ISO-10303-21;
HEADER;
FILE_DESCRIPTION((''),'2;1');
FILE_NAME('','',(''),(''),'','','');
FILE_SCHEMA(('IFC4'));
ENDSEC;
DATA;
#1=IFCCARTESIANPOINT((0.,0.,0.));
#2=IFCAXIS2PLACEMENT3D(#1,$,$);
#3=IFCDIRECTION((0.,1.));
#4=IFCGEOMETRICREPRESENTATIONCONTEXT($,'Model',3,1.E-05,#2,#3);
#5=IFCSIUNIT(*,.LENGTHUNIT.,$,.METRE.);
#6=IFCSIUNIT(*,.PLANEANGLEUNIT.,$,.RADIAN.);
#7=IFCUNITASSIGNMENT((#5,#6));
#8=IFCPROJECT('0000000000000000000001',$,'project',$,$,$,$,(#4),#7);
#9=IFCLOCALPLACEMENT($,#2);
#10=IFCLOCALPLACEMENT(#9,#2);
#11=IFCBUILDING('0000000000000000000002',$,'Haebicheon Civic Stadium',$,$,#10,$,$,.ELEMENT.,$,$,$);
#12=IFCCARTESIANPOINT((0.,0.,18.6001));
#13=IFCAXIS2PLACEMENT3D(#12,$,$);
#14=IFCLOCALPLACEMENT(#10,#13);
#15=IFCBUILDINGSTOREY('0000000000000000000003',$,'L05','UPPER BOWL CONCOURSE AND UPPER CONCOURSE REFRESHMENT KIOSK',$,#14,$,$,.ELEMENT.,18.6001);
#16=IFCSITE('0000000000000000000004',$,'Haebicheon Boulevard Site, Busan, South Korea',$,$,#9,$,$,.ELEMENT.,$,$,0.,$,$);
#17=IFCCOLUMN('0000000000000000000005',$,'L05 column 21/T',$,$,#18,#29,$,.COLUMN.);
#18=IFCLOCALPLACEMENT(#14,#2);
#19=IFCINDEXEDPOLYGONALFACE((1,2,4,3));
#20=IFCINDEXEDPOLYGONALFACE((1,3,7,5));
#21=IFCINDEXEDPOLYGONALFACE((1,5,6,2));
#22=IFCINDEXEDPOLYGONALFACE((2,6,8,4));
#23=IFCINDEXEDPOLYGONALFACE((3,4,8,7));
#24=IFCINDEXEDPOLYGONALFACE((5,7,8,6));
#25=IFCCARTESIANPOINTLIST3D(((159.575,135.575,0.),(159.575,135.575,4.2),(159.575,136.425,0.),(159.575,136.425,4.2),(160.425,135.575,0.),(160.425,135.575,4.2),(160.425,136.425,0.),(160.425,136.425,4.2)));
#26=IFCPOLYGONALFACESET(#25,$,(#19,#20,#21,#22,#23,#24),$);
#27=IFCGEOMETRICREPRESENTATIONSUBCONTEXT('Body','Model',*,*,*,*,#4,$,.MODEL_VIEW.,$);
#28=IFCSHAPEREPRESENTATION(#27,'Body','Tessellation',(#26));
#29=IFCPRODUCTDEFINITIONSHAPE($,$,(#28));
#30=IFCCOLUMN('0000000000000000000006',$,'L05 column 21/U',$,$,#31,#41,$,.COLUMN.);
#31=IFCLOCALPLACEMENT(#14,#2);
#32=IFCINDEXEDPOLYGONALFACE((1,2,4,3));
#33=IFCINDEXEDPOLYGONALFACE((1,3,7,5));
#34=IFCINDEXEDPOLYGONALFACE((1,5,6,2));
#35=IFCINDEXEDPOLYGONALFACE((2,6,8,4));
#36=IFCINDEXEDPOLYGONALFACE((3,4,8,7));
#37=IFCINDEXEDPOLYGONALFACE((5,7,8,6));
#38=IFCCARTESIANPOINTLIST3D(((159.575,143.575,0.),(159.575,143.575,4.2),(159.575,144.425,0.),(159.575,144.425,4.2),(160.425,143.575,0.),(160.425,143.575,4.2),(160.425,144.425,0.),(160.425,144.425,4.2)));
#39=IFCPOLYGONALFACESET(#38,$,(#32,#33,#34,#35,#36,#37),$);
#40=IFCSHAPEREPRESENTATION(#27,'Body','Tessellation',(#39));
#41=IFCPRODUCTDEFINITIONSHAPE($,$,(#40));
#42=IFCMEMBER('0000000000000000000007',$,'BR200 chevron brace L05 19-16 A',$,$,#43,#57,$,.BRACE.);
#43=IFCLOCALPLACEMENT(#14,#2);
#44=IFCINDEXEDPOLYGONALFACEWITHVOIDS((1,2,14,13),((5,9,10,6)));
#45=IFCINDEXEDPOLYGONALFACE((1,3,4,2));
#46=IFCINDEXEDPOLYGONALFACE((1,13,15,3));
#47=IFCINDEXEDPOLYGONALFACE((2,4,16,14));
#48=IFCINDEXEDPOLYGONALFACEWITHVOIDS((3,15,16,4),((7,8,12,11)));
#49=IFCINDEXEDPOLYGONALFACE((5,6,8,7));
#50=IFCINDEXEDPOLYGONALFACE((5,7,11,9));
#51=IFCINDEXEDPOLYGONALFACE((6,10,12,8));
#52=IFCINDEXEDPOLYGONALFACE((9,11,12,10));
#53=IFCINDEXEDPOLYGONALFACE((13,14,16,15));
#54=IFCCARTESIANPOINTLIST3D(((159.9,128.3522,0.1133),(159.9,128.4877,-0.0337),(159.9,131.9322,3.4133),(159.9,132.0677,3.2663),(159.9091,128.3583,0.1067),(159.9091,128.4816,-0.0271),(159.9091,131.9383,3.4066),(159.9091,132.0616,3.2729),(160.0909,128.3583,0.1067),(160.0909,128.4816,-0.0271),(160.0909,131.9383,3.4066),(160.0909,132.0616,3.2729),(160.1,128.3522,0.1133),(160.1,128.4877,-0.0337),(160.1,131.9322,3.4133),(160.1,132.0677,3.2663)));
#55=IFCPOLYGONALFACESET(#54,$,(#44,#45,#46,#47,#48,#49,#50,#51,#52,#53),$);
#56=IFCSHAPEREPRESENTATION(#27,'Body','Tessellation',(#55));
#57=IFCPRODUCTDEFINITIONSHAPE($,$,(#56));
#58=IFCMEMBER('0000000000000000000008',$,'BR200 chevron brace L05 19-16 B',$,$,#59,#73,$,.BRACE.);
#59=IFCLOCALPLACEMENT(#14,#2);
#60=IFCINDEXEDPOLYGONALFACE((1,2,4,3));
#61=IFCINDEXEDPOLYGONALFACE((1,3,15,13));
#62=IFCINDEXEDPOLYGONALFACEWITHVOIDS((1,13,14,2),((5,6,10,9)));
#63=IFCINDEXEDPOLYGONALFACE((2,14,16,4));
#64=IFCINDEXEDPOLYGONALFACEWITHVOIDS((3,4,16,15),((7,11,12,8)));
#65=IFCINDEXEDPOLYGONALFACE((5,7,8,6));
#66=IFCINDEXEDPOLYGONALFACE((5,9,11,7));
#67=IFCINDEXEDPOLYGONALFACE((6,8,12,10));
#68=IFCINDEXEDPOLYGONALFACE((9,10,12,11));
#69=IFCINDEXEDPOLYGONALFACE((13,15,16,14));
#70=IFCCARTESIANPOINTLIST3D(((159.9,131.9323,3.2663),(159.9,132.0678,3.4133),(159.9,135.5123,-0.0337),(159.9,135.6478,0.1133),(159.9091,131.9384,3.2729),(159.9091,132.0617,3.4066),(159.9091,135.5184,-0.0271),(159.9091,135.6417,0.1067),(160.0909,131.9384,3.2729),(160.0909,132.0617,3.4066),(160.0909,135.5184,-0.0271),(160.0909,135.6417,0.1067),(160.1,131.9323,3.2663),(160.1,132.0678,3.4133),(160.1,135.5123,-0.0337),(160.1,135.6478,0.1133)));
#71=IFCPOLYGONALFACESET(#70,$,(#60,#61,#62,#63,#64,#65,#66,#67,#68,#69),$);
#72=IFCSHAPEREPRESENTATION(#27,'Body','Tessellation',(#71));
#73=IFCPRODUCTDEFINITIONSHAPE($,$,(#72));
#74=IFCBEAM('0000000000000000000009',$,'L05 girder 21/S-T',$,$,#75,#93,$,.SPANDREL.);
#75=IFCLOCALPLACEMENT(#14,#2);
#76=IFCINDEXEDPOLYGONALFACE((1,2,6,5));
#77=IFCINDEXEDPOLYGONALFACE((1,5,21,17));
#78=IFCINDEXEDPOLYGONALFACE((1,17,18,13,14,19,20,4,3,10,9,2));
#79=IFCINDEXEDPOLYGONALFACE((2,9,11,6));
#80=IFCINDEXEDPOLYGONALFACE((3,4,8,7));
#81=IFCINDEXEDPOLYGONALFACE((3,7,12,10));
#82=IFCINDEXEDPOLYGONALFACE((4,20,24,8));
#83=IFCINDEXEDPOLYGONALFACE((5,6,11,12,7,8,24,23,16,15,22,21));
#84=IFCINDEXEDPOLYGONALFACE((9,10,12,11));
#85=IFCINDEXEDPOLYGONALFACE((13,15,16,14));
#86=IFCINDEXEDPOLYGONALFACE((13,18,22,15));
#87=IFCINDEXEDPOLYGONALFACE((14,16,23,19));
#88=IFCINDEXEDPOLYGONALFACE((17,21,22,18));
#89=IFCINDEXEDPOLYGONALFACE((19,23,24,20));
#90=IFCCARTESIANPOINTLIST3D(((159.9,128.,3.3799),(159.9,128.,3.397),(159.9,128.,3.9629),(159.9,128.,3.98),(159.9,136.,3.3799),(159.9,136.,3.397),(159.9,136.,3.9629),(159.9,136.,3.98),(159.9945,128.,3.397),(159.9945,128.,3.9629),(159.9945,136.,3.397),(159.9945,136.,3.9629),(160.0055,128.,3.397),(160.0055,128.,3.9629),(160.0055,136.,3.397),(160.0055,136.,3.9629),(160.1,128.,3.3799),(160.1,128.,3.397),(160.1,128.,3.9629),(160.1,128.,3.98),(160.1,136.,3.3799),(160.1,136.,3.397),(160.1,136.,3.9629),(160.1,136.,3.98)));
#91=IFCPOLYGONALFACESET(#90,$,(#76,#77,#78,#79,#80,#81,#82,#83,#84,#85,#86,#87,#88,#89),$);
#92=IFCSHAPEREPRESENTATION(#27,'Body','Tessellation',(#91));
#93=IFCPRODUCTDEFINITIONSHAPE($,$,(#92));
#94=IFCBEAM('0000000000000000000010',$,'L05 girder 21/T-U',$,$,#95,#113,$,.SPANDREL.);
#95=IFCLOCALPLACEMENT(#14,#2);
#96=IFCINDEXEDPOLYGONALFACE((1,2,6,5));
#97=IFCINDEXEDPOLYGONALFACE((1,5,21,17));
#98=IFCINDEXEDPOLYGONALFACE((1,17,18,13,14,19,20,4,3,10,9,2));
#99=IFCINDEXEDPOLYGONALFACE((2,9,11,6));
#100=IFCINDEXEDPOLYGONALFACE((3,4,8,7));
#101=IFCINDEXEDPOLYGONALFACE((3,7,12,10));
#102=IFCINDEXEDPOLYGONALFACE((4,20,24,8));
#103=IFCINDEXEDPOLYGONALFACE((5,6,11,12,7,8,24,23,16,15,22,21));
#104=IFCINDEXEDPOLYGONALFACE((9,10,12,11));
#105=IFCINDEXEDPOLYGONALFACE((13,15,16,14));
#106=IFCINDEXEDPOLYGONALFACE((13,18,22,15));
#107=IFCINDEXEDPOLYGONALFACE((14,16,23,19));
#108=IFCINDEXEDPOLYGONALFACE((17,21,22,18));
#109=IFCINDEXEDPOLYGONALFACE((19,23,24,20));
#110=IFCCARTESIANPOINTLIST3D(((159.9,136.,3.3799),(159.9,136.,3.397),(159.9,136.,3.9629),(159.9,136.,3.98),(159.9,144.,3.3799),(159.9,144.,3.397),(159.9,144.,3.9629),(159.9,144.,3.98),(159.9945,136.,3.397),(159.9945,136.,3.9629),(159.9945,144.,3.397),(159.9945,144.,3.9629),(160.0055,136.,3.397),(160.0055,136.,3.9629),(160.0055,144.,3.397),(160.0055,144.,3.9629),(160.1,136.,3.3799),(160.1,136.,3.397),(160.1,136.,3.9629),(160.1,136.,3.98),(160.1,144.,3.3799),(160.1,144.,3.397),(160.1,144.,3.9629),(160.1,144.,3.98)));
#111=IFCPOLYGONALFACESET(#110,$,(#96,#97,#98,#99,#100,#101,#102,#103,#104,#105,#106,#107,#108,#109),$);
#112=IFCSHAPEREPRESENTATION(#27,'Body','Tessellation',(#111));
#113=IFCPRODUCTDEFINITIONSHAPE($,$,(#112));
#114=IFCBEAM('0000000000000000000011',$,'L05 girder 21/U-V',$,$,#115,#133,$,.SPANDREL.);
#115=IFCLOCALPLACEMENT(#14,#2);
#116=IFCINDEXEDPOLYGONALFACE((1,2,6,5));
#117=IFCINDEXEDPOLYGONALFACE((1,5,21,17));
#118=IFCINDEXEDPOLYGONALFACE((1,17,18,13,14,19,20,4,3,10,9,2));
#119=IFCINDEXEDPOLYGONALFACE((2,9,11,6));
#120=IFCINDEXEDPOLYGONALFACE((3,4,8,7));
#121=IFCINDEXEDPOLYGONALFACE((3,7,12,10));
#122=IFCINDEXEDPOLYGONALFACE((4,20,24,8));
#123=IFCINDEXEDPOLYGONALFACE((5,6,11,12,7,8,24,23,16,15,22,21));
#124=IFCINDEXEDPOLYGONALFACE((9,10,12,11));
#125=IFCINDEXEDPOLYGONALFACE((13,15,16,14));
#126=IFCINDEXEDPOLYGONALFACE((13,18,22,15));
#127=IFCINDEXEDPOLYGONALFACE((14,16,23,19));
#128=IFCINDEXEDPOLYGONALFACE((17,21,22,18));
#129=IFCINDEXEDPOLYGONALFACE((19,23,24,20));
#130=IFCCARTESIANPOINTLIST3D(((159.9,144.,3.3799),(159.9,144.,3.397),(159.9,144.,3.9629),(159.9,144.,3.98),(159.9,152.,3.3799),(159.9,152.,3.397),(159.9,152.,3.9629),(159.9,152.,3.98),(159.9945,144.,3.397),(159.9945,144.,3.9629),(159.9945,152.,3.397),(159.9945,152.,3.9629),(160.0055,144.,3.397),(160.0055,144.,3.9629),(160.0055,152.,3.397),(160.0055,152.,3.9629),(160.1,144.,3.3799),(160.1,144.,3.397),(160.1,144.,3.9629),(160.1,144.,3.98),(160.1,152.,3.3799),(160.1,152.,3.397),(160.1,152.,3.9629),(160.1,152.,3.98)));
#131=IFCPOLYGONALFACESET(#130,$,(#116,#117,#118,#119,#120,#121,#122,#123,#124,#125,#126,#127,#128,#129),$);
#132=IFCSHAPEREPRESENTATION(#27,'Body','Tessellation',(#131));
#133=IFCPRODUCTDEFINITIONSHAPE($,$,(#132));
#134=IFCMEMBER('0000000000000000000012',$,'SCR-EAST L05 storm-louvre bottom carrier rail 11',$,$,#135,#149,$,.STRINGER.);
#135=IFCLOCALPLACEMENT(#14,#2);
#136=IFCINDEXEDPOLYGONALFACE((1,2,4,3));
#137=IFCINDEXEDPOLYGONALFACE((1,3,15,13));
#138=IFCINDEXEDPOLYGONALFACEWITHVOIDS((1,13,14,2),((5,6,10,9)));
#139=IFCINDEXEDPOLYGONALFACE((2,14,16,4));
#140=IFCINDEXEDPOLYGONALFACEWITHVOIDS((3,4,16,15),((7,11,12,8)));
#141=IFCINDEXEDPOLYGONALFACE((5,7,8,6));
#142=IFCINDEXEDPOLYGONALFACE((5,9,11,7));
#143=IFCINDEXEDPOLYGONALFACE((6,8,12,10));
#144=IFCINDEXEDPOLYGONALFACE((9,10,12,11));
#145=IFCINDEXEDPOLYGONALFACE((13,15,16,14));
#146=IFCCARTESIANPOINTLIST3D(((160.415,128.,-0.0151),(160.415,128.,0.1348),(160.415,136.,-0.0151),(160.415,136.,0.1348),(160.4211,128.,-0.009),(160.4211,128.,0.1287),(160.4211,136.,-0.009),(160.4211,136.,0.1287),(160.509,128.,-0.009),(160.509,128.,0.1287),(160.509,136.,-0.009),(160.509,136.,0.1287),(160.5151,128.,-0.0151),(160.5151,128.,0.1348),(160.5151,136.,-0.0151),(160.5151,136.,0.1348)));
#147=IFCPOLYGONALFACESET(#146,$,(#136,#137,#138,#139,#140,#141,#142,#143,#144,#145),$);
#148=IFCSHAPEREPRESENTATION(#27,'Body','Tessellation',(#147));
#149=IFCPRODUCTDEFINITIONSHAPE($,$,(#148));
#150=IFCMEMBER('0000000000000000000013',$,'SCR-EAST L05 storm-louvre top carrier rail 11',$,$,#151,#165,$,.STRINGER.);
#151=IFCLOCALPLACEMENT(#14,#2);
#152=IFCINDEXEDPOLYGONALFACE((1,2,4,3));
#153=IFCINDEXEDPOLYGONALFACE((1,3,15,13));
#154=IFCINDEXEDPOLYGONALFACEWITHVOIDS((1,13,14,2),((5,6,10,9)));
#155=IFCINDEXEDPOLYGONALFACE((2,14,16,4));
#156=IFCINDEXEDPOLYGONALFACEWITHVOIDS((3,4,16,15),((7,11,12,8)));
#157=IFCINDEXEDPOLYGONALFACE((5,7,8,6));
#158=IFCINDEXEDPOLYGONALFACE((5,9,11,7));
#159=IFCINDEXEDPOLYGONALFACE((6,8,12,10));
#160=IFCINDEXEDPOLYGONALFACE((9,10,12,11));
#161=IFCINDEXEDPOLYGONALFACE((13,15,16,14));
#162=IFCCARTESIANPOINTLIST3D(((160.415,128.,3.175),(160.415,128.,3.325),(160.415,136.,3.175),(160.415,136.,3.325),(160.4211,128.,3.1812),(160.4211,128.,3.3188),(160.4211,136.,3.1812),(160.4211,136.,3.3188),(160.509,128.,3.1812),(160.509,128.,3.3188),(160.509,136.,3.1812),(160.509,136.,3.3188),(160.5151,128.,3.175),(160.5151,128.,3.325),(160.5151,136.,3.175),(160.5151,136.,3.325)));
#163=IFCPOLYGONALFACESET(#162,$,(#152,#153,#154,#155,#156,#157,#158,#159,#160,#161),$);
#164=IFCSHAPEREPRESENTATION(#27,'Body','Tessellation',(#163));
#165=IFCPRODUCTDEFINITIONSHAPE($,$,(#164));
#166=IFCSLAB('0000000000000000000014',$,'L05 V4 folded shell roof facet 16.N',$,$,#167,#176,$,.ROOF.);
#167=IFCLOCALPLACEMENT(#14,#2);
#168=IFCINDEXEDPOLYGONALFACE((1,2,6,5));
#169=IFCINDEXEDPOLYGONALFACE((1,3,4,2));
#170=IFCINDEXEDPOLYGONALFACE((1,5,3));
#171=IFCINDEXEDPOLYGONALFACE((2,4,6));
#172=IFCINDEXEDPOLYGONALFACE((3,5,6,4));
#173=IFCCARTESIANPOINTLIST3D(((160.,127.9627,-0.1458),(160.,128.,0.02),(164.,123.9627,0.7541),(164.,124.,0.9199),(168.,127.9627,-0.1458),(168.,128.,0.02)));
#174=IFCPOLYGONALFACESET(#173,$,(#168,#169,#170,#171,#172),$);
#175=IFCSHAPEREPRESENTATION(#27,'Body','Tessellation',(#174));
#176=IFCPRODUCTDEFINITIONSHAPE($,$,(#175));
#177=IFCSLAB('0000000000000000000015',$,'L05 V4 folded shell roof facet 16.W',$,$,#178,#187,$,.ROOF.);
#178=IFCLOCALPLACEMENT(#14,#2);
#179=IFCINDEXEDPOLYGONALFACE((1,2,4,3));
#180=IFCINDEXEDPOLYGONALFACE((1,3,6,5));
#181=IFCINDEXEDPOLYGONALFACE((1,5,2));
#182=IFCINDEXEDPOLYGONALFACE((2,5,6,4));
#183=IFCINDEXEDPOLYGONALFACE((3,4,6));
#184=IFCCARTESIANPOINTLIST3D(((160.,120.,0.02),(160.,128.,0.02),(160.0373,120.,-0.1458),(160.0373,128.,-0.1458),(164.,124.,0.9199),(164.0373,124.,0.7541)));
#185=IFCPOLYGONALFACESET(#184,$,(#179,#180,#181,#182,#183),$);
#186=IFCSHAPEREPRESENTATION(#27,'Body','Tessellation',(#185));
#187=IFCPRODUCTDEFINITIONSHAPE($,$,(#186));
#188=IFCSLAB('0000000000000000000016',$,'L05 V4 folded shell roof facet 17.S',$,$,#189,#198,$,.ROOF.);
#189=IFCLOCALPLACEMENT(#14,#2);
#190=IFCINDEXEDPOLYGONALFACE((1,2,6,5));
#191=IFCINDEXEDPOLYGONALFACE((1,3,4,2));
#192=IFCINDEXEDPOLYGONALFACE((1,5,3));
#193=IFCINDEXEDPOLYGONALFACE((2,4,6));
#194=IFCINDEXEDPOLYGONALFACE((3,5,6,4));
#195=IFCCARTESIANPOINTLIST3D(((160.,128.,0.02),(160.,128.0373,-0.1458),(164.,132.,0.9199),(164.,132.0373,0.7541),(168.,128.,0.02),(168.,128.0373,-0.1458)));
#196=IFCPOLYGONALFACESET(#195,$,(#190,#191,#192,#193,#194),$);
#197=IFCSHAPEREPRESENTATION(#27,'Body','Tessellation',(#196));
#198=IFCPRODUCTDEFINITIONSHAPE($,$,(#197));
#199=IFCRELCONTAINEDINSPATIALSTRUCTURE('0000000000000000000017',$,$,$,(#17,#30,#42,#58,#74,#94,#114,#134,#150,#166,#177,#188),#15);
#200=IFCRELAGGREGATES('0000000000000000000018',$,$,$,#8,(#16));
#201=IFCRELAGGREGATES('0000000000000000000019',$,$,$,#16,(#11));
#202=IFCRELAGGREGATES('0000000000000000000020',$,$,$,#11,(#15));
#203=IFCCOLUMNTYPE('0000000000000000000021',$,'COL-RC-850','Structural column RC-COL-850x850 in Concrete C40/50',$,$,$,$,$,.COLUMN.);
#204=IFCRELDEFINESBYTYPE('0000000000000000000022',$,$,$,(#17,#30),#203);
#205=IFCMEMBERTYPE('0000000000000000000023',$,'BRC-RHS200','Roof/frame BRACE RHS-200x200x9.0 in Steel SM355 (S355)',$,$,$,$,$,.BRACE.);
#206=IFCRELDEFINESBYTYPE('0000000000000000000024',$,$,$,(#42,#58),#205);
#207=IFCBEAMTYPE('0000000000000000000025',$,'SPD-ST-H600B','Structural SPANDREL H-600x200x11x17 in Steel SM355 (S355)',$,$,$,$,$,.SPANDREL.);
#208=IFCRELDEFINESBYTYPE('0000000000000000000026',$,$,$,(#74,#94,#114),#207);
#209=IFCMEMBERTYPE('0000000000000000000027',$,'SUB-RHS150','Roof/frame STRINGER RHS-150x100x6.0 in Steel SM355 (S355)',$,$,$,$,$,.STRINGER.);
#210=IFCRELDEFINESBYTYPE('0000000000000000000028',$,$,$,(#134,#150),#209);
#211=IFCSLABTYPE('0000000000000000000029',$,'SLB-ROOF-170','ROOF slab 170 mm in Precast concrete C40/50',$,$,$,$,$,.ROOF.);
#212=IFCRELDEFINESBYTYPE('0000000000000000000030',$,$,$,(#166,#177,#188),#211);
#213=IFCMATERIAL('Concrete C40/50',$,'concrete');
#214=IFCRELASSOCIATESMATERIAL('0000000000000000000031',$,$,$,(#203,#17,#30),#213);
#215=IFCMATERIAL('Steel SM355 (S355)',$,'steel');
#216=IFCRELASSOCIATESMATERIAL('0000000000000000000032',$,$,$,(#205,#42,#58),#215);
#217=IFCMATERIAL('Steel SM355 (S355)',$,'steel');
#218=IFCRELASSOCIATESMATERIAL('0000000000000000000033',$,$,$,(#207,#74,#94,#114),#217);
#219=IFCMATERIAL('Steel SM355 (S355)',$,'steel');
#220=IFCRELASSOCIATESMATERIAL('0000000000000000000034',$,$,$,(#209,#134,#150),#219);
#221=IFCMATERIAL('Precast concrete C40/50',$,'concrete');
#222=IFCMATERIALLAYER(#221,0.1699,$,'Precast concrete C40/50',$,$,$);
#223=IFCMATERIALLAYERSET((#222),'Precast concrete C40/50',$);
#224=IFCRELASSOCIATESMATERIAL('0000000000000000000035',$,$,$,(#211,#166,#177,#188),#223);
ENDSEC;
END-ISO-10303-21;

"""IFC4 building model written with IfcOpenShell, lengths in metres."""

from ifc_helpers import new_model, si_unit, direction, frame, origin, origin_2d, place, context, subcontext, project, spatial, polyline, rectangle, hollow_rectangle, i_section, outline, extrude, material, layer, layer_set, material_profile, profile_set, type_object, element, save


model = new_model("IFC4")

# Units and contexts
model_context = context("Model", 3, precision=1e-05, world=origin(), true_north=direction((0.0, 1.0)))
body_context = subcontext(model_context, "Body", "Model", "MODEL_VIEW")
ifc_project = project(units=[si_unit("LENGTHUNIT", "METRE"), si_unit("PLANEANGLEUNIT", "RADIAN")], contexts=[model_context])

# Site, building, storey
site_placement = place(None, origin())
site = spatial("IfcSite", under=ifc_project, at=site_placement, Name="Haebicheon Boulevard Site, Busan, South Korea", CompositionType="ELEMENT", RefElevation=0.0)
building_placement = place(site_placement, origin())
building = spatial("IfcBuilding", under=site, at=building_placement, Name="Haebicheon Civic Stadium", CompositionType="ELEMENT")
storey_placement = place(building_placement, frame((0.0, 0.0, 18.6001)))
storey = spatial("IfcBuildingStorey", under=building, at=storey_placement, Name="L05", Description="UPPER BOWL CONCOURSE AND UPPER CONCOURSE REFRESHMENT KIOSK", CompositionType="ELEMENT", Elevation=18.6001)

# Columns
ifc_material_1 = material(Name="Concrete C40/50", Category="concrete")
ifc_material_profile_1 = material_profile(ifc_material_1, rectangle(XDim=0.8501, YDim=0.8501, at=origin_2d()), Name="RC-COL-850x850")
ifc_profile_set_1 = profile_set([ifc_material_profile_1], Name="Concrete C40/50")
column_type = type_object("IfcColumnType", Name="COL-RC-850", Description="Structural column RC-COL-850x850 in Concrete C40/50", PredefinedType="COLUMN", material=ifc_profile_set_1)
for number, where, z_axis, x_axis, name in (
    (1, (160.0, 136.0, 0.0), (0.0, 0.0, 1.0), (1.0, 0.0, 0.0), "L05 column 21/T"),
    (2, (160.0, 144.0, 0.0), (0.0, 0.0, 1.0), (1.0, 0.0, 0.0), "L05 column 21/U"),
):
    element("IfcColumn", number, at=place(storey_placement, frame(where, z_axis=z_axis, x_axis=x_axis)), inside=storey, type_object=column_type, material=ifc_profile_set_1, Name=name, PredefinedType="COLUMN", context=body_context, shape_type="SweptSolid", body=[
        extrude(rectangle(XDim=0.8501, YDim=0.8501, at=origin_2d()), origin(), (0.0, 0.0, 1.0), 4.2),
    ])

# Members
ifc_material_2 = material(Name="Steel SM355 (S355)", Category="steel")
ifc_material_profile_2 = material_profile(ifc_material_2, hollow_rectangle(XDim=0.2, YDim=0.2, WallThickness=0.009, at=origin_2d()), Name="RHS-200x200x9.0")
ifc_profile_set_2 = profile_set([ifc_material_profile_2], Name="Steel SM355 (S355)")
member_type_1 = type_object("IfcMemberType", Name="BRC-RHS200", Description="Roof/frame BRACE RHS-200x200x9.0 in Steel SM355 (S355)", PredefinedType="BRACE", material=ifc_profile_set_2)
for number, where, z_axis, x_axis, name in (
    (3, (160.0, 128.4199, 0.0398), (0.0, 0.735278, 0.677766), (-1.0, 0.0, 0.0), "BR200 chevron brace L05 19-16 A"),
    (4, (160.0, 135.5801, 0.0398), (0.0, -0.735278, 0.677766), (1.0, 0.0, 0.0), "BR200 chevron brace L05 19-16 B"),
):
    element("IfcMember", number, at=place(storey_placement, frame(where, z_axis=z_axis, x_axis=x_axis)), inside=storey, type_object=member_type_1, material=ifc_profile_set_2, Name=name, PredefinedType="BRACE", context=body_context, shape_type="SweptSolid", body=[
        extrude(hollow_rectangle(XDim=0.2, YDim=0.2, WallThickness=0.009, at=origin_2d()), origin(), (0.0, 0.0, 1.0), 4.8689),
    ])

# Beams
ifc_material_3 = material(Name="Steel SM355 (S355)", Category="steel")
ifc_material_profile_3 = material_profile(ifc_material_3, i_section(OverallWidth=0.2, OverallDepth=0.6001, WebThickness=0.011, FlangeThickness=0.0171, at=origin_2d()), Name="H-600x200x11x17")
ifc_profile_set_3 = profile_set([ifc_material_profile_3], Name="Steel SM355 (S355)")
beam_type = type_object("IfcBeamType", Name="SPD-ST-H600B", Description="Structural SPANDREL H-600x200x11x17 in Steel SM355 (S355)", PredefinedType="SPANDREL", material=ifc_profile_set_3)
for number, where, z_axis, x_axis, name in (
    (5, (160.0, 128.0, 3.6799), (0.0, 1.0, 0.0), (-1.0, 0.0, 0.0), "L05 girder 21/S-T"),
    (6, (160.0, 136.0, 3.6799), (0.0, 1.0, 0.0), (-1.0, 0.0, 0.0), "L05 girder 21/T-U"),
    (7, (160.0, 144.0, 3.6799), (0.0, 1.0, 0.0), (-1.0, 0.0, 0.0), "L05 girder 21/U-V"),
):
    element("IfcBeam", number, at=place(storey_placement, frame(where, z_axis=z_axis, x_axis=x_axis)), inside=storey, type_object=beam_type, material=ifc_profile_set_3, Name=name, PredefinedType="SPANDREL", context=body_context, shape_type="SweptSolid", body=[
        extrude(i_section(OverallWidth=0.2, OverallDepth=0.6001, WebThickness=0.011, FlangeThickness=0.0171, at=origin_2d()), origin(), (0.0, 0.0, 1.0), 8.0),
    ])

# Members
ifc_material_4 = material(Name="Steel SM355 (S355)", Category="steel")
ifc_material_profile_4 = material_profile(ifc_material_4, hollow_rectangle(XDim=0.1001, YDim=0.1499, WallThickness=0.0061, at=origin_2d()), Name="RHS-150x100x6.0")
ifc_profile_set_4 = profile_set([ifc_material_profile_4], Name="Steel SM355 (S355)")
member_type_2 = type_object("IfcMemberType", Name="SUB-RHS150", Description="Roof/frame STRINGER RHS-150x100x6.0 in Steel SM355 (S355)", PredefinedType="STRINGER", material=ifc_profile_set_4)
for number, where, z_axis, x_axis, name in (
    (8, (160.4651, 128.0, 0.0598), (0.0, 1.0, 0.0), (-1.0, 0.0, 0.0), "SCR-EAST L05 storm-louvre bottom carrier rail 11"),
    (9, (160.4651, 128.0, 3.25), (0.0, 1.0, 0.0), (-1.0, 0.0, 0.0), "SCR-EAST L05 storm-louvre top carrier rail 11"),
):
    element("IfcMember", number, at=place(storey_placement, frame(where, z_axis=z_axis, x_axis=x_axis)), inside=storey, type_object=member_type_2, material=ifc_profile_set_4, Name=name, PredefinedType="STRINGER", context=body_context, shape_type="SweptSolid", body=[
        extrude(hollow_rectangle(XDim=0.1001, YDim=0.1499, WallThickness=0.0061, at=origin_2d()), origin(), (0.0, 0.0, 1.0), 8.0),
    ])

# Slabs
ifc_material_5 = material(Name="Precast concrete C40/50", Category="concrete")
ifc_layer_1 = layer(ifc_material_5, 0.1699, Name="Precast concrete C40/50")
ifc_layer_set_1 = layer_set([ifc_layer_1], Name="Precast concrete C40/50")
slab_type = type_object("IfcSlabType", Name="SLB-ROOF-170", Description="ROOF slab 170 mm in Precast concrete C40/50", PredefinedType="ROOF", material=ifc_layer_set_1)
for number, where, z_axis, x_axis, name in (
    (10, (168.0, 128.0, 0.02), (0.0, 0.21949, 0.975615), (-1.0, 0.0, 0.0), "L05 V4 folded shell roof facet 16.N"),
    (11, (160.0, 128.0, 0.02), (-0.21949, 0.0, 0.975615), (0.0, -1.0, 0.0), "L05 V4 folded shell roof facet 16.W"),
    (12, (160.0, 128.0, 0.02), (0.0, -0.21949, 0.975615), (1.0, 0.0, 0.0), "L05 V4 folded shell roof facet 17.S"),
):
    element("IfcSlab", number, at=place(storey_placement, frame(where, z_axis=z_axis, x_axis=x_axis)), inside=storey, type_object=slab_type, material=ifc_layer_set_1, Name=name, PredefinedType="ROOF", context=body_context, shape_type="SweptSolid", body=[
        extrude(outline(polyline([(0.0, 0.0), (8.0, 0.0), (4.0, 4.1), (0.0, 0.0)])), origin(), (0.0, 0.0, -1.0), 0.1699),
    ])

save(model, "model.ifc")
